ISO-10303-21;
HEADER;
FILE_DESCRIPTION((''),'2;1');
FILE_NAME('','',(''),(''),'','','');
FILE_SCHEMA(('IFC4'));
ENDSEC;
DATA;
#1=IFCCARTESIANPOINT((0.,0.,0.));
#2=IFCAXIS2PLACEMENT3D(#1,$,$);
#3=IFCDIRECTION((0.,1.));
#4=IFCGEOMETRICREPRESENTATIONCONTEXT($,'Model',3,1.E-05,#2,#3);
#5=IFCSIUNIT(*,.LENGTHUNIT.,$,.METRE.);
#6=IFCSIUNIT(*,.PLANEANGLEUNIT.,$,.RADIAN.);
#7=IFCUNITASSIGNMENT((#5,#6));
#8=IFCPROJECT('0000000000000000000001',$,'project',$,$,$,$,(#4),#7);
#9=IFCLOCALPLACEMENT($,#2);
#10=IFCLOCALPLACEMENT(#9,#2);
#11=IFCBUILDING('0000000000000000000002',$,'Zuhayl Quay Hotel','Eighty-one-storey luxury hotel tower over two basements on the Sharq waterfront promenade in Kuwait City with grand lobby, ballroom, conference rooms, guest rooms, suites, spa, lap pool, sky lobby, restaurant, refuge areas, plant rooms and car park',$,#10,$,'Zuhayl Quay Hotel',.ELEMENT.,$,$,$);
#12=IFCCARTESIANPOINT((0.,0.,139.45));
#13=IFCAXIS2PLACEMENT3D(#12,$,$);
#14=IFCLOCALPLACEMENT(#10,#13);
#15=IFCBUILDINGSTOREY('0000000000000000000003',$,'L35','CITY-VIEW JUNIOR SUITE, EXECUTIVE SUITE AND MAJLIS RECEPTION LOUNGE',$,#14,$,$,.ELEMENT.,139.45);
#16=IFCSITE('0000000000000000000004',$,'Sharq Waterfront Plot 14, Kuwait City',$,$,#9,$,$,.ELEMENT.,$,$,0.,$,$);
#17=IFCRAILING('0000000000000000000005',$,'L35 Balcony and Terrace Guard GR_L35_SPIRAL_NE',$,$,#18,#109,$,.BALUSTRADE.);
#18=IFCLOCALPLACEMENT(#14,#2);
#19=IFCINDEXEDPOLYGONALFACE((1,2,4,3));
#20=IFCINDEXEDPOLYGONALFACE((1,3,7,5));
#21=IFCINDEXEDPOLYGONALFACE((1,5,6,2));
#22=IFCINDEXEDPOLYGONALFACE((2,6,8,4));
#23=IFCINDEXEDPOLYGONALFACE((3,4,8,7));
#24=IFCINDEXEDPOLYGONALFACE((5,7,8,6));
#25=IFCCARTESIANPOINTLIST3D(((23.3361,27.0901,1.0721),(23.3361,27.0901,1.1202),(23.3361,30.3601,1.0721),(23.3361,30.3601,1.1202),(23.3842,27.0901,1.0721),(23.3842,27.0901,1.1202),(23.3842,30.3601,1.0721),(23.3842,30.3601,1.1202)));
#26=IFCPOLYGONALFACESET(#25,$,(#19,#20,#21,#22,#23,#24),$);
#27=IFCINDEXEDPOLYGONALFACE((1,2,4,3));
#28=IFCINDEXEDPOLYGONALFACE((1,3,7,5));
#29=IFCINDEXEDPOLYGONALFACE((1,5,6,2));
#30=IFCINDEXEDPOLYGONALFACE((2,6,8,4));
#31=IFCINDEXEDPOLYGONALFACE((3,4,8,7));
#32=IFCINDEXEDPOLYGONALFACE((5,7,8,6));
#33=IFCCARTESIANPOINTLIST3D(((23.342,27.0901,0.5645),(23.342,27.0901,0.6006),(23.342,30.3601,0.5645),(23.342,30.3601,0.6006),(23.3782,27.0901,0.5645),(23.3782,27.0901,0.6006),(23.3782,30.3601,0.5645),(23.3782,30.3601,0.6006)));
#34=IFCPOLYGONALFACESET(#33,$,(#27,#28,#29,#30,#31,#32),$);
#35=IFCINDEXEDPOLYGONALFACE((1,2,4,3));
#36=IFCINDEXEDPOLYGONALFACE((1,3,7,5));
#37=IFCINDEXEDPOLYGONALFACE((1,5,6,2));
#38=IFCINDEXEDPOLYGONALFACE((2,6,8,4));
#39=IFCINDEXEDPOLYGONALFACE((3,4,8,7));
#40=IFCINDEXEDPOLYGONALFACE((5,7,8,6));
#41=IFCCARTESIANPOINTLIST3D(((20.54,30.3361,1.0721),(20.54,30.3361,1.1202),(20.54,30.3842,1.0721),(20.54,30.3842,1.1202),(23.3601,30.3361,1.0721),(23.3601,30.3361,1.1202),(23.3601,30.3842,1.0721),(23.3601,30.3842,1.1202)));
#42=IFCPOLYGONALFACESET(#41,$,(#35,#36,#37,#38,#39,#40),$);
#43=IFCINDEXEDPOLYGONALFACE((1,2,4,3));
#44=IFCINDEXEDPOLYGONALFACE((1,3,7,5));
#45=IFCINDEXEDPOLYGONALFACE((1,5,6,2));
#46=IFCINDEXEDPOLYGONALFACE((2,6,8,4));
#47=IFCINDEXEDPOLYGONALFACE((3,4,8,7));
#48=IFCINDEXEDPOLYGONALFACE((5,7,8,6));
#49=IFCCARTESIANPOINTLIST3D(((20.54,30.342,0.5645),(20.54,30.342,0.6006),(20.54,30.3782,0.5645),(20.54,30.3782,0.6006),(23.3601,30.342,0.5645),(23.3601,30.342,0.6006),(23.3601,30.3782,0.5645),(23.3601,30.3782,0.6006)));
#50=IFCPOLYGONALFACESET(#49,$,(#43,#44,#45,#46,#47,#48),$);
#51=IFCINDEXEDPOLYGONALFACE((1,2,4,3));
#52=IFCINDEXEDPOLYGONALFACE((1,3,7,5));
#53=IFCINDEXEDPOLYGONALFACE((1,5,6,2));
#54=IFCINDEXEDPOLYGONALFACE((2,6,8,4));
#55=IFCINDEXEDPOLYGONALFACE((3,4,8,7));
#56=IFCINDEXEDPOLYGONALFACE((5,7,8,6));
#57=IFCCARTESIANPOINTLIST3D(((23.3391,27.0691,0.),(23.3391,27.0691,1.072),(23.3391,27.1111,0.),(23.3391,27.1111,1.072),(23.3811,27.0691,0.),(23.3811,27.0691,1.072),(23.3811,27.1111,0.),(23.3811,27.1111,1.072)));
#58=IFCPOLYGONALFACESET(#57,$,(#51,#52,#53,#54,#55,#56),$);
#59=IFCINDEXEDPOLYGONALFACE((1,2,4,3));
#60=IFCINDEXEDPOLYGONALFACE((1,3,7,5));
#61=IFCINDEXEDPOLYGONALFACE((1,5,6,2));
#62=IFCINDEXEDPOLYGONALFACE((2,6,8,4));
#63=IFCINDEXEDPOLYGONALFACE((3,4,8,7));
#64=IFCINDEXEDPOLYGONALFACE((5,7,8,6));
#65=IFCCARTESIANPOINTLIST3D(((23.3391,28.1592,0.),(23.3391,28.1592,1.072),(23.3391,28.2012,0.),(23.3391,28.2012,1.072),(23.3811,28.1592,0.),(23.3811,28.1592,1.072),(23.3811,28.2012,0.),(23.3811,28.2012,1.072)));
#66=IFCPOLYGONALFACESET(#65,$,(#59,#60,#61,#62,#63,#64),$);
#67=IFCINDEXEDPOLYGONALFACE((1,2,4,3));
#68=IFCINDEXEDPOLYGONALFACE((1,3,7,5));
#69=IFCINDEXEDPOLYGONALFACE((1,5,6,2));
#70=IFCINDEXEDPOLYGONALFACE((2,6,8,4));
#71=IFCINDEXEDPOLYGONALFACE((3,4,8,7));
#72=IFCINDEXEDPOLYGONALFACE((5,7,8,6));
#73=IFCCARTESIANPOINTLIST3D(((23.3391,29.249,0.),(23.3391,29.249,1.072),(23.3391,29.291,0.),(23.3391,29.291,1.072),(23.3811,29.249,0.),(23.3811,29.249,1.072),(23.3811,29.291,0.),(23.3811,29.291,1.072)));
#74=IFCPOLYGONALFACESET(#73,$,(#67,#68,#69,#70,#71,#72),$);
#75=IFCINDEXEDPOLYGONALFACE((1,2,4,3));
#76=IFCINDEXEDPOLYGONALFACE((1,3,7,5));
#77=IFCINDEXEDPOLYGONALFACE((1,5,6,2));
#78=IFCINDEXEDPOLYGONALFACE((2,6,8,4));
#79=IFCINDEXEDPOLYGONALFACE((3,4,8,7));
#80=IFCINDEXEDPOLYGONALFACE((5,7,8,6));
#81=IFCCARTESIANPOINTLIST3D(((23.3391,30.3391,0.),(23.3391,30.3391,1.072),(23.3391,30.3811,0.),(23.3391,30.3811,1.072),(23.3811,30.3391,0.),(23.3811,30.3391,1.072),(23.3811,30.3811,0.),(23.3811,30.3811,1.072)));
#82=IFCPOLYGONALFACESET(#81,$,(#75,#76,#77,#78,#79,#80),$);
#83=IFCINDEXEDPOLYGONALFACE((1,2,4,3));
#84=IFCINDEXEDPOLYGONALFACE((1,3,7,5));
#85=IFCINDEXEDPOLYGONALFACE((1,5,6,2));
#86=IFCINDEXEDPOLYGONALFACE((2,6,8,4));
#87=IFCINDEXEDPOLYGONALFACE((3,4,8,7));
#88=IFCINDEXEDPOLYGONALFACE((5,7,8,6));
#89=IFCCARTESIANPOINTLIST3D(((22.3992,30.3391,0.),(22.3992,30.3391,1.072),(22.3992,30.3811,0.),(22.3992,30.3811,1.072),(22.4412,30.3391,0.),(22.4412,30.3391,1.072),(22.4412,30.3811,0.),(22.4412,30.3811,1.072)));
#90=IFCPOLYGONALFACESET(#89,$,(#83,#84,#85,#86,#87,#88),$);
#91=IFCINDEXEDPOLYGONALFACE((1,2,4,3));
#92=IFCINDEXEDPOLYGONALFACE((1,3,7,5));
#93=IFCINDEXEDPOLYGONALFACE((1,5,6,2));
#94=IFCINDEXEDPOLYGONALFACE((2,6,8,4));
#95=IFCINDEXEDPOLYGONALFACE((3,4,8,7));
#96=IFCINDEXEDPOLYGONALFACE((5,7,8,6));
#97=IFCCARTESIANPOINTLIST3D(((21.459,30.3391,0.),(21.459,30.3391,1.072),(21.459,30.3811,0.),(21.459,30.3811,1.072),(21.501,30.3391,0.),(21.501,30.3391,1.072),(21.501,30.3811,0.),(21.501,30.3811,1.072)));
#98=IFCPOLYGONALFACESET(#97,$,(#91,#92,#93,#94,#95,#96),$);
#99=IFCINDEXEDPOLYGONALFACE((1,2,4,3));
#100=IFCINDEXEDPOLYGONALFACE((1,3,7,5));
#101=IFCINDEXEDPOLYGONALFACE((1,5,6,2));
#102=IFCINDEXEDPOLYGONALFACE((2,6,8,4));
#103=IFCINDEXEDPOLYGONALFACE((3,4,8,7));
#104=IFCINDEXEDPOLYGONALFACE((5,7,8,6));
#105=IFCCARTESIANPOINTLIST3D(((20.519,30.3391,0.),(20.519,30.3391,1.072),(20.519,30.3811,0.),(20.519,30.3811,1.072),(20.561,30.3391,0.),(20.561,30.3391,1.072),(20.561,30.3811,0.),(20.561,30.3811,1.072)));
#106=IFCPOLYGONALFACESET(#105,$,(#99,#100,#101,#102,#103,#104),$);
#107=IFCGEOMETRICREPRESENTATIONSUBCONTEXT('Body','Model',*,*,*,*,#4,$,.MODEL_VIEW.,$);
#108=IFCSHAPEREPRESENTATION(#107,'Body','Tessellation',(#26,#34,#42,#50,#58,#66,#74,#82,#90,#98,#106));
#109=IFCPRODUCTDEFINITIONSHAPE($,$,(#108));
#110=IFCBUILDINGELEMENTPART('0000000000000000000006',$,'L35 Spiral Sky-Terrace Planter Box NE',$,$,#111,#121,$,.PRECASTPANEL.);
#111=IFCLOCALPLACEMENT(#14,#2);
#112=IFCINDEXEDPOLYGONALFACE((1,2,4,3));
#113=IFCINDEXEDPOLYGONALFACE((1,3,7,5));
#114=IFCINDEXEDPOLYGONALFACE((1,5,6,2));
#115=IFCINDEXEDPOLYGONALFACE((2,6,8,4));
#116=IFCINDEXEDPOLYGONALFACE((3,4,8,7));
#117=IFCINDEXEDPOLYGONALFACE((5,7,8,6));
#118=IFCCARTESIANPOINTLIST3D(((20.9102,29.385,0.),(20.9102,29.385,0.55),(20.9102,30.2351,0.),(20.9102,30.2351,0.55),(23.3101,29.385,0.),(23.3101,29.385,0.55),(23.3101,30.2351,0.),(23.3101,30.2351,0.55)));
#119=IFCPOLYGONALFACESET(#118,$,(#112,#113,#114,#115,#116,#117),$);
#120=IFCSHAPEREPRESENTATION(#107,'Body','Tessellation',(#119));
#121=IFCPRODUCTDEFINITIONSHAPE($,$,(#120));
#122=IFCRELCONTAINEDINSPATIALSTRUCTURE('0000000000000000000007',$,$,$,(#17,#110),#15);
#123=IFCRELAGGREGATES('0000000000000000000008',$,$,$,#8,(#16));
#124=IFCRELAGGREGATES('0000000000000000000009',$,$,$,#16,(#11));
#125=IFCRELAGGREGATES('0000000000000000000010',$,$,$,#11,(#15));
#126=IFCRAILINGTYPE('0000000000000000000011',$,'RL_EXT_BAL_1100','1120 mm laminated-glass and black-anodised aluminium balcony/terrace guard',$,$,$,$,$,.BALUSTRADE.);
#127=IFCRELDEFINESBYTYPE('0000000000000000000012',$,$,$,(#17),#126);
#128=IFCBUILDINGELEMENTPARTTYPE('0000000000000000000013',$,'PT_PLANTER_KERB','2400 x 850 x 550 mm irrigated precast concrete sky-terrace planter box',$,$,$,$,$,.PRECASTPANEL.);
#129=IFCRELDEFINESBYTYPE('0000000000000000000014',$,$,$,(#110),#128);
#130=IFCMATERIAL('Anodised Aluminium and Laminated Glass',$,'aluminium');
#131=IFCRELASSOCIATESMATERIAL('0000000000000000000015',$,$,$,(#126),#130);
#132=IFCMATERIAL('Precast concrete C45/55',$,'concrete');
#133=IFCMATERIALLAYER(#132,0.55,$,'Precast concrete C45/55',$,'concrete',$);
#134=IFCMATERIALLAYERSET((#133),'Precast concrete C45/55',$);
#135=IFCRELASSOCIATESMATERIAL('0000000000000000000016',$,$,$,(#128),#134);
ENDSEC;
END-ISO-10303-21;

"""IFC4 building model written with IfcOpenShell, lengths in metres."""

from ifc_helpers import new_model, si_unit, direction, frame, origin, origin_2d, place, context, subcontext, project, spatial, rectangle, extrude, material, layer, layer_set, type_object, element, save


model = new_model("IFC4")

# Units and contexts
model_context = context("Model", 3, precision=1e-05, world=origin(), true_north=direction((0.0, 1.0)))
body_context = subcontext(model_context, "Body", "Model", "MODEL_VIEW")
ifc_project = project(units=[si_unit("LENGTHUNIT", "METRE"), si_unit("PLANEANGLEUNIT", "RADIAN")], contexts=[model_context])

# Site, building, storey
site_placement = place(None, origin())
site = spatial("IfcSite", under=ifc_project, at=site_placement, Name="Sharq Waterfront Plot 14, Kuwait City", CompositionType="ELEMENT", RefElevation=0.0)
building_placement = place(site_placement, origin())
building = spatial("IfcBuilding", under=site, at=building_placement, Name="Zuhayl Quay Hotel", Description="Eighty-one-storey luxury hotel tower over two basements on the Sharq waterfront promenade in Kuwait City with grand lobby, ballroom, conference rooms, guest rooms, suites, spa, lap pool, sky lobby, restaurant, refuge areas, plant rooms and car park", LongName="Zuhayl Quay Hotel", CompositionType="ELEMENT")
storey_placement = place(building_placement, frame((0.0, 0.0, 139.45)))
storey = spatial("IfcBuildingStorey", under=building, at=storey_placement, Name="L35", Description="CITY-VIEW JUNIOR SUITE, EXECUTIVE SUITE AND MAJLIS RECEPTION LOUNGE", CompositionType="ELEMENT", Elevation=139.45)

# Shared definitions
ifc_material_1 = material(Name="Precast concrete C45/55", Category="concrete")

# Railing
ifc_material_2 = material(Name="Anodised Aluminium and Laminated Glass", Category="aluminium")
railing_type = type_object("IfcRailingType", Name="RL_EXT_BAL_1100", Description="1120 mm laminated-glass and black-anodised aluminium balcony/terrace guard", PredefinedType="BALUSTRADE", material=ifc_material_2)
railing_placement = place(storey_placement, frame((23.3601, 27.0901, 0.0)))
element("IfcRailing", 1, at=railing_placement, inside=storey, type_object=railing_type, Name="L35 Balcony and Terrace Guard GR_L35_SPIRAL_NE", PredefinedType="BALUSTRADE", context=body_context, shape_type="SweptSolid", body=[
    extrude(rectangle(XDim=0.0481, YDim=0.0481, at=origin_2d()), frame((0.0, 0.0, 1.0962), z_axis=(0.0, 1.0, 0.0), x_axis=(-1.0, 0.0, 0.0)), (0.0, 0.0, 1.0), 3.27),
    extrude(rectangle(XDim=0.0361, YDim=0.0361, at=origin_2d()), frame((0.0, 0.0, 0.5825), z_axis=(0.0, 1.0, 0.0), x_axis=(-1.0, 0.0, 0.0)), (0.0, 0.0, 1.0), 3.27),
    extrude(rectangle(XDim=0.0481, YDim=0.0481, at=origin_2d()), frame((0.0, 3.27, 1.0962), z_axis=(-1.0, 0.0, 0.0), x_axis=(0.0, -1.0, 0.0)), (0.0, 0.0, 1.0), 2.8201),
    extrude(rectangle(XDim=0.0361, YDim=0.0361, at=origin_2d()), frame((0.0, 3.27, 0.5825), z_axis=(-1.0, 0.0, 0.0), x_axis=(0.0, -1.0, 0.0)), (0.0, 0.0, 1.0), 2.8201),
    extrude(rectangle(XDim=0.042, YDim=0.042, at=origin_2d()), origin(), (0.0, 0.0, 1.0), 1.072),
    extrude(rectangle(XDim=0.042, YDim=0.042, at=origin_2d()), frame((0.0, 1.0901, 0.0)), (0.0, 0.0, 1.0), 1.072),
    extrude(rectangle(XDim=0.042, YDim=0.042, at=origin_2d()), frame((0.0, 2.1799, 0.0)), (0.0, 0.0, 1.0), 1.072),
    extrude(rectangle(XDim=0.042, YDim=0.042, at=origin_2d()), frame((0.0, 3.27, 0.0)), (0.0, 0.0, 1.0), 1.072),
    extrude(rectangle(XDim=0.042, YDim=0.042, at=origin_2d()), frame((-0.9399, 3.27, 0.0)), (0.0, 0.0, 1.0), 1.072),
    extrude(rectangle(XDim=0.042, YDim=0.042, at=origin_2d()), frame((-1.8801, 3.27, 0.0)), (0.0, 0.0, 1.0), 1.072),
    extrude(rectangle(XDim=0.042, YDim=0.042, at=origin_2d()), frame((-2.8201, 3.27, 0.0)), (0.0, 0.0, 1.0), 1.072),
])

# Building element part
ifc_layer_1 = layer(ifc_material_1, 0.55, Name="Precast concrete C45/55", Category="concrete")
ifc_layer_set_1 = layer_set([ifc_layer_1], Name="Precast concrete C45/55")
building_element_part_type = type_object("IfcBuildingElementPartType", Name="PT_PLANTER_KERB", Description="2400 x 850 x 550 mm irrigated precast concrete sky-terrace planter box", PredefinedType="PRECASTPANEL", material=ifc_layer_set_1)
building_element_part_placement = place(storey_placement, frame((22.1101, 29.8101, 0.0), z_axis=(0.0, 0.0, 1.0), x_axis=(1.0, 0.0, 0.0)))
element("IfcBuildingElementPart", 2, at=building_element_part_placement, inside=storey, type_object=building_element_part_type, Name="L35 Spiral Sky-Terrace Planter Box NE", PredefinedType="PRECASTPANEL", context=body_context, shape_type="SweptSolid", body=[
    extrude(rectangle(XDim=2.3999, YDim=0.8501, at=origin_2d()), origin(), (0.0, 0.0, 1.0), 0.55),
])

save(model, "model.ifc")
